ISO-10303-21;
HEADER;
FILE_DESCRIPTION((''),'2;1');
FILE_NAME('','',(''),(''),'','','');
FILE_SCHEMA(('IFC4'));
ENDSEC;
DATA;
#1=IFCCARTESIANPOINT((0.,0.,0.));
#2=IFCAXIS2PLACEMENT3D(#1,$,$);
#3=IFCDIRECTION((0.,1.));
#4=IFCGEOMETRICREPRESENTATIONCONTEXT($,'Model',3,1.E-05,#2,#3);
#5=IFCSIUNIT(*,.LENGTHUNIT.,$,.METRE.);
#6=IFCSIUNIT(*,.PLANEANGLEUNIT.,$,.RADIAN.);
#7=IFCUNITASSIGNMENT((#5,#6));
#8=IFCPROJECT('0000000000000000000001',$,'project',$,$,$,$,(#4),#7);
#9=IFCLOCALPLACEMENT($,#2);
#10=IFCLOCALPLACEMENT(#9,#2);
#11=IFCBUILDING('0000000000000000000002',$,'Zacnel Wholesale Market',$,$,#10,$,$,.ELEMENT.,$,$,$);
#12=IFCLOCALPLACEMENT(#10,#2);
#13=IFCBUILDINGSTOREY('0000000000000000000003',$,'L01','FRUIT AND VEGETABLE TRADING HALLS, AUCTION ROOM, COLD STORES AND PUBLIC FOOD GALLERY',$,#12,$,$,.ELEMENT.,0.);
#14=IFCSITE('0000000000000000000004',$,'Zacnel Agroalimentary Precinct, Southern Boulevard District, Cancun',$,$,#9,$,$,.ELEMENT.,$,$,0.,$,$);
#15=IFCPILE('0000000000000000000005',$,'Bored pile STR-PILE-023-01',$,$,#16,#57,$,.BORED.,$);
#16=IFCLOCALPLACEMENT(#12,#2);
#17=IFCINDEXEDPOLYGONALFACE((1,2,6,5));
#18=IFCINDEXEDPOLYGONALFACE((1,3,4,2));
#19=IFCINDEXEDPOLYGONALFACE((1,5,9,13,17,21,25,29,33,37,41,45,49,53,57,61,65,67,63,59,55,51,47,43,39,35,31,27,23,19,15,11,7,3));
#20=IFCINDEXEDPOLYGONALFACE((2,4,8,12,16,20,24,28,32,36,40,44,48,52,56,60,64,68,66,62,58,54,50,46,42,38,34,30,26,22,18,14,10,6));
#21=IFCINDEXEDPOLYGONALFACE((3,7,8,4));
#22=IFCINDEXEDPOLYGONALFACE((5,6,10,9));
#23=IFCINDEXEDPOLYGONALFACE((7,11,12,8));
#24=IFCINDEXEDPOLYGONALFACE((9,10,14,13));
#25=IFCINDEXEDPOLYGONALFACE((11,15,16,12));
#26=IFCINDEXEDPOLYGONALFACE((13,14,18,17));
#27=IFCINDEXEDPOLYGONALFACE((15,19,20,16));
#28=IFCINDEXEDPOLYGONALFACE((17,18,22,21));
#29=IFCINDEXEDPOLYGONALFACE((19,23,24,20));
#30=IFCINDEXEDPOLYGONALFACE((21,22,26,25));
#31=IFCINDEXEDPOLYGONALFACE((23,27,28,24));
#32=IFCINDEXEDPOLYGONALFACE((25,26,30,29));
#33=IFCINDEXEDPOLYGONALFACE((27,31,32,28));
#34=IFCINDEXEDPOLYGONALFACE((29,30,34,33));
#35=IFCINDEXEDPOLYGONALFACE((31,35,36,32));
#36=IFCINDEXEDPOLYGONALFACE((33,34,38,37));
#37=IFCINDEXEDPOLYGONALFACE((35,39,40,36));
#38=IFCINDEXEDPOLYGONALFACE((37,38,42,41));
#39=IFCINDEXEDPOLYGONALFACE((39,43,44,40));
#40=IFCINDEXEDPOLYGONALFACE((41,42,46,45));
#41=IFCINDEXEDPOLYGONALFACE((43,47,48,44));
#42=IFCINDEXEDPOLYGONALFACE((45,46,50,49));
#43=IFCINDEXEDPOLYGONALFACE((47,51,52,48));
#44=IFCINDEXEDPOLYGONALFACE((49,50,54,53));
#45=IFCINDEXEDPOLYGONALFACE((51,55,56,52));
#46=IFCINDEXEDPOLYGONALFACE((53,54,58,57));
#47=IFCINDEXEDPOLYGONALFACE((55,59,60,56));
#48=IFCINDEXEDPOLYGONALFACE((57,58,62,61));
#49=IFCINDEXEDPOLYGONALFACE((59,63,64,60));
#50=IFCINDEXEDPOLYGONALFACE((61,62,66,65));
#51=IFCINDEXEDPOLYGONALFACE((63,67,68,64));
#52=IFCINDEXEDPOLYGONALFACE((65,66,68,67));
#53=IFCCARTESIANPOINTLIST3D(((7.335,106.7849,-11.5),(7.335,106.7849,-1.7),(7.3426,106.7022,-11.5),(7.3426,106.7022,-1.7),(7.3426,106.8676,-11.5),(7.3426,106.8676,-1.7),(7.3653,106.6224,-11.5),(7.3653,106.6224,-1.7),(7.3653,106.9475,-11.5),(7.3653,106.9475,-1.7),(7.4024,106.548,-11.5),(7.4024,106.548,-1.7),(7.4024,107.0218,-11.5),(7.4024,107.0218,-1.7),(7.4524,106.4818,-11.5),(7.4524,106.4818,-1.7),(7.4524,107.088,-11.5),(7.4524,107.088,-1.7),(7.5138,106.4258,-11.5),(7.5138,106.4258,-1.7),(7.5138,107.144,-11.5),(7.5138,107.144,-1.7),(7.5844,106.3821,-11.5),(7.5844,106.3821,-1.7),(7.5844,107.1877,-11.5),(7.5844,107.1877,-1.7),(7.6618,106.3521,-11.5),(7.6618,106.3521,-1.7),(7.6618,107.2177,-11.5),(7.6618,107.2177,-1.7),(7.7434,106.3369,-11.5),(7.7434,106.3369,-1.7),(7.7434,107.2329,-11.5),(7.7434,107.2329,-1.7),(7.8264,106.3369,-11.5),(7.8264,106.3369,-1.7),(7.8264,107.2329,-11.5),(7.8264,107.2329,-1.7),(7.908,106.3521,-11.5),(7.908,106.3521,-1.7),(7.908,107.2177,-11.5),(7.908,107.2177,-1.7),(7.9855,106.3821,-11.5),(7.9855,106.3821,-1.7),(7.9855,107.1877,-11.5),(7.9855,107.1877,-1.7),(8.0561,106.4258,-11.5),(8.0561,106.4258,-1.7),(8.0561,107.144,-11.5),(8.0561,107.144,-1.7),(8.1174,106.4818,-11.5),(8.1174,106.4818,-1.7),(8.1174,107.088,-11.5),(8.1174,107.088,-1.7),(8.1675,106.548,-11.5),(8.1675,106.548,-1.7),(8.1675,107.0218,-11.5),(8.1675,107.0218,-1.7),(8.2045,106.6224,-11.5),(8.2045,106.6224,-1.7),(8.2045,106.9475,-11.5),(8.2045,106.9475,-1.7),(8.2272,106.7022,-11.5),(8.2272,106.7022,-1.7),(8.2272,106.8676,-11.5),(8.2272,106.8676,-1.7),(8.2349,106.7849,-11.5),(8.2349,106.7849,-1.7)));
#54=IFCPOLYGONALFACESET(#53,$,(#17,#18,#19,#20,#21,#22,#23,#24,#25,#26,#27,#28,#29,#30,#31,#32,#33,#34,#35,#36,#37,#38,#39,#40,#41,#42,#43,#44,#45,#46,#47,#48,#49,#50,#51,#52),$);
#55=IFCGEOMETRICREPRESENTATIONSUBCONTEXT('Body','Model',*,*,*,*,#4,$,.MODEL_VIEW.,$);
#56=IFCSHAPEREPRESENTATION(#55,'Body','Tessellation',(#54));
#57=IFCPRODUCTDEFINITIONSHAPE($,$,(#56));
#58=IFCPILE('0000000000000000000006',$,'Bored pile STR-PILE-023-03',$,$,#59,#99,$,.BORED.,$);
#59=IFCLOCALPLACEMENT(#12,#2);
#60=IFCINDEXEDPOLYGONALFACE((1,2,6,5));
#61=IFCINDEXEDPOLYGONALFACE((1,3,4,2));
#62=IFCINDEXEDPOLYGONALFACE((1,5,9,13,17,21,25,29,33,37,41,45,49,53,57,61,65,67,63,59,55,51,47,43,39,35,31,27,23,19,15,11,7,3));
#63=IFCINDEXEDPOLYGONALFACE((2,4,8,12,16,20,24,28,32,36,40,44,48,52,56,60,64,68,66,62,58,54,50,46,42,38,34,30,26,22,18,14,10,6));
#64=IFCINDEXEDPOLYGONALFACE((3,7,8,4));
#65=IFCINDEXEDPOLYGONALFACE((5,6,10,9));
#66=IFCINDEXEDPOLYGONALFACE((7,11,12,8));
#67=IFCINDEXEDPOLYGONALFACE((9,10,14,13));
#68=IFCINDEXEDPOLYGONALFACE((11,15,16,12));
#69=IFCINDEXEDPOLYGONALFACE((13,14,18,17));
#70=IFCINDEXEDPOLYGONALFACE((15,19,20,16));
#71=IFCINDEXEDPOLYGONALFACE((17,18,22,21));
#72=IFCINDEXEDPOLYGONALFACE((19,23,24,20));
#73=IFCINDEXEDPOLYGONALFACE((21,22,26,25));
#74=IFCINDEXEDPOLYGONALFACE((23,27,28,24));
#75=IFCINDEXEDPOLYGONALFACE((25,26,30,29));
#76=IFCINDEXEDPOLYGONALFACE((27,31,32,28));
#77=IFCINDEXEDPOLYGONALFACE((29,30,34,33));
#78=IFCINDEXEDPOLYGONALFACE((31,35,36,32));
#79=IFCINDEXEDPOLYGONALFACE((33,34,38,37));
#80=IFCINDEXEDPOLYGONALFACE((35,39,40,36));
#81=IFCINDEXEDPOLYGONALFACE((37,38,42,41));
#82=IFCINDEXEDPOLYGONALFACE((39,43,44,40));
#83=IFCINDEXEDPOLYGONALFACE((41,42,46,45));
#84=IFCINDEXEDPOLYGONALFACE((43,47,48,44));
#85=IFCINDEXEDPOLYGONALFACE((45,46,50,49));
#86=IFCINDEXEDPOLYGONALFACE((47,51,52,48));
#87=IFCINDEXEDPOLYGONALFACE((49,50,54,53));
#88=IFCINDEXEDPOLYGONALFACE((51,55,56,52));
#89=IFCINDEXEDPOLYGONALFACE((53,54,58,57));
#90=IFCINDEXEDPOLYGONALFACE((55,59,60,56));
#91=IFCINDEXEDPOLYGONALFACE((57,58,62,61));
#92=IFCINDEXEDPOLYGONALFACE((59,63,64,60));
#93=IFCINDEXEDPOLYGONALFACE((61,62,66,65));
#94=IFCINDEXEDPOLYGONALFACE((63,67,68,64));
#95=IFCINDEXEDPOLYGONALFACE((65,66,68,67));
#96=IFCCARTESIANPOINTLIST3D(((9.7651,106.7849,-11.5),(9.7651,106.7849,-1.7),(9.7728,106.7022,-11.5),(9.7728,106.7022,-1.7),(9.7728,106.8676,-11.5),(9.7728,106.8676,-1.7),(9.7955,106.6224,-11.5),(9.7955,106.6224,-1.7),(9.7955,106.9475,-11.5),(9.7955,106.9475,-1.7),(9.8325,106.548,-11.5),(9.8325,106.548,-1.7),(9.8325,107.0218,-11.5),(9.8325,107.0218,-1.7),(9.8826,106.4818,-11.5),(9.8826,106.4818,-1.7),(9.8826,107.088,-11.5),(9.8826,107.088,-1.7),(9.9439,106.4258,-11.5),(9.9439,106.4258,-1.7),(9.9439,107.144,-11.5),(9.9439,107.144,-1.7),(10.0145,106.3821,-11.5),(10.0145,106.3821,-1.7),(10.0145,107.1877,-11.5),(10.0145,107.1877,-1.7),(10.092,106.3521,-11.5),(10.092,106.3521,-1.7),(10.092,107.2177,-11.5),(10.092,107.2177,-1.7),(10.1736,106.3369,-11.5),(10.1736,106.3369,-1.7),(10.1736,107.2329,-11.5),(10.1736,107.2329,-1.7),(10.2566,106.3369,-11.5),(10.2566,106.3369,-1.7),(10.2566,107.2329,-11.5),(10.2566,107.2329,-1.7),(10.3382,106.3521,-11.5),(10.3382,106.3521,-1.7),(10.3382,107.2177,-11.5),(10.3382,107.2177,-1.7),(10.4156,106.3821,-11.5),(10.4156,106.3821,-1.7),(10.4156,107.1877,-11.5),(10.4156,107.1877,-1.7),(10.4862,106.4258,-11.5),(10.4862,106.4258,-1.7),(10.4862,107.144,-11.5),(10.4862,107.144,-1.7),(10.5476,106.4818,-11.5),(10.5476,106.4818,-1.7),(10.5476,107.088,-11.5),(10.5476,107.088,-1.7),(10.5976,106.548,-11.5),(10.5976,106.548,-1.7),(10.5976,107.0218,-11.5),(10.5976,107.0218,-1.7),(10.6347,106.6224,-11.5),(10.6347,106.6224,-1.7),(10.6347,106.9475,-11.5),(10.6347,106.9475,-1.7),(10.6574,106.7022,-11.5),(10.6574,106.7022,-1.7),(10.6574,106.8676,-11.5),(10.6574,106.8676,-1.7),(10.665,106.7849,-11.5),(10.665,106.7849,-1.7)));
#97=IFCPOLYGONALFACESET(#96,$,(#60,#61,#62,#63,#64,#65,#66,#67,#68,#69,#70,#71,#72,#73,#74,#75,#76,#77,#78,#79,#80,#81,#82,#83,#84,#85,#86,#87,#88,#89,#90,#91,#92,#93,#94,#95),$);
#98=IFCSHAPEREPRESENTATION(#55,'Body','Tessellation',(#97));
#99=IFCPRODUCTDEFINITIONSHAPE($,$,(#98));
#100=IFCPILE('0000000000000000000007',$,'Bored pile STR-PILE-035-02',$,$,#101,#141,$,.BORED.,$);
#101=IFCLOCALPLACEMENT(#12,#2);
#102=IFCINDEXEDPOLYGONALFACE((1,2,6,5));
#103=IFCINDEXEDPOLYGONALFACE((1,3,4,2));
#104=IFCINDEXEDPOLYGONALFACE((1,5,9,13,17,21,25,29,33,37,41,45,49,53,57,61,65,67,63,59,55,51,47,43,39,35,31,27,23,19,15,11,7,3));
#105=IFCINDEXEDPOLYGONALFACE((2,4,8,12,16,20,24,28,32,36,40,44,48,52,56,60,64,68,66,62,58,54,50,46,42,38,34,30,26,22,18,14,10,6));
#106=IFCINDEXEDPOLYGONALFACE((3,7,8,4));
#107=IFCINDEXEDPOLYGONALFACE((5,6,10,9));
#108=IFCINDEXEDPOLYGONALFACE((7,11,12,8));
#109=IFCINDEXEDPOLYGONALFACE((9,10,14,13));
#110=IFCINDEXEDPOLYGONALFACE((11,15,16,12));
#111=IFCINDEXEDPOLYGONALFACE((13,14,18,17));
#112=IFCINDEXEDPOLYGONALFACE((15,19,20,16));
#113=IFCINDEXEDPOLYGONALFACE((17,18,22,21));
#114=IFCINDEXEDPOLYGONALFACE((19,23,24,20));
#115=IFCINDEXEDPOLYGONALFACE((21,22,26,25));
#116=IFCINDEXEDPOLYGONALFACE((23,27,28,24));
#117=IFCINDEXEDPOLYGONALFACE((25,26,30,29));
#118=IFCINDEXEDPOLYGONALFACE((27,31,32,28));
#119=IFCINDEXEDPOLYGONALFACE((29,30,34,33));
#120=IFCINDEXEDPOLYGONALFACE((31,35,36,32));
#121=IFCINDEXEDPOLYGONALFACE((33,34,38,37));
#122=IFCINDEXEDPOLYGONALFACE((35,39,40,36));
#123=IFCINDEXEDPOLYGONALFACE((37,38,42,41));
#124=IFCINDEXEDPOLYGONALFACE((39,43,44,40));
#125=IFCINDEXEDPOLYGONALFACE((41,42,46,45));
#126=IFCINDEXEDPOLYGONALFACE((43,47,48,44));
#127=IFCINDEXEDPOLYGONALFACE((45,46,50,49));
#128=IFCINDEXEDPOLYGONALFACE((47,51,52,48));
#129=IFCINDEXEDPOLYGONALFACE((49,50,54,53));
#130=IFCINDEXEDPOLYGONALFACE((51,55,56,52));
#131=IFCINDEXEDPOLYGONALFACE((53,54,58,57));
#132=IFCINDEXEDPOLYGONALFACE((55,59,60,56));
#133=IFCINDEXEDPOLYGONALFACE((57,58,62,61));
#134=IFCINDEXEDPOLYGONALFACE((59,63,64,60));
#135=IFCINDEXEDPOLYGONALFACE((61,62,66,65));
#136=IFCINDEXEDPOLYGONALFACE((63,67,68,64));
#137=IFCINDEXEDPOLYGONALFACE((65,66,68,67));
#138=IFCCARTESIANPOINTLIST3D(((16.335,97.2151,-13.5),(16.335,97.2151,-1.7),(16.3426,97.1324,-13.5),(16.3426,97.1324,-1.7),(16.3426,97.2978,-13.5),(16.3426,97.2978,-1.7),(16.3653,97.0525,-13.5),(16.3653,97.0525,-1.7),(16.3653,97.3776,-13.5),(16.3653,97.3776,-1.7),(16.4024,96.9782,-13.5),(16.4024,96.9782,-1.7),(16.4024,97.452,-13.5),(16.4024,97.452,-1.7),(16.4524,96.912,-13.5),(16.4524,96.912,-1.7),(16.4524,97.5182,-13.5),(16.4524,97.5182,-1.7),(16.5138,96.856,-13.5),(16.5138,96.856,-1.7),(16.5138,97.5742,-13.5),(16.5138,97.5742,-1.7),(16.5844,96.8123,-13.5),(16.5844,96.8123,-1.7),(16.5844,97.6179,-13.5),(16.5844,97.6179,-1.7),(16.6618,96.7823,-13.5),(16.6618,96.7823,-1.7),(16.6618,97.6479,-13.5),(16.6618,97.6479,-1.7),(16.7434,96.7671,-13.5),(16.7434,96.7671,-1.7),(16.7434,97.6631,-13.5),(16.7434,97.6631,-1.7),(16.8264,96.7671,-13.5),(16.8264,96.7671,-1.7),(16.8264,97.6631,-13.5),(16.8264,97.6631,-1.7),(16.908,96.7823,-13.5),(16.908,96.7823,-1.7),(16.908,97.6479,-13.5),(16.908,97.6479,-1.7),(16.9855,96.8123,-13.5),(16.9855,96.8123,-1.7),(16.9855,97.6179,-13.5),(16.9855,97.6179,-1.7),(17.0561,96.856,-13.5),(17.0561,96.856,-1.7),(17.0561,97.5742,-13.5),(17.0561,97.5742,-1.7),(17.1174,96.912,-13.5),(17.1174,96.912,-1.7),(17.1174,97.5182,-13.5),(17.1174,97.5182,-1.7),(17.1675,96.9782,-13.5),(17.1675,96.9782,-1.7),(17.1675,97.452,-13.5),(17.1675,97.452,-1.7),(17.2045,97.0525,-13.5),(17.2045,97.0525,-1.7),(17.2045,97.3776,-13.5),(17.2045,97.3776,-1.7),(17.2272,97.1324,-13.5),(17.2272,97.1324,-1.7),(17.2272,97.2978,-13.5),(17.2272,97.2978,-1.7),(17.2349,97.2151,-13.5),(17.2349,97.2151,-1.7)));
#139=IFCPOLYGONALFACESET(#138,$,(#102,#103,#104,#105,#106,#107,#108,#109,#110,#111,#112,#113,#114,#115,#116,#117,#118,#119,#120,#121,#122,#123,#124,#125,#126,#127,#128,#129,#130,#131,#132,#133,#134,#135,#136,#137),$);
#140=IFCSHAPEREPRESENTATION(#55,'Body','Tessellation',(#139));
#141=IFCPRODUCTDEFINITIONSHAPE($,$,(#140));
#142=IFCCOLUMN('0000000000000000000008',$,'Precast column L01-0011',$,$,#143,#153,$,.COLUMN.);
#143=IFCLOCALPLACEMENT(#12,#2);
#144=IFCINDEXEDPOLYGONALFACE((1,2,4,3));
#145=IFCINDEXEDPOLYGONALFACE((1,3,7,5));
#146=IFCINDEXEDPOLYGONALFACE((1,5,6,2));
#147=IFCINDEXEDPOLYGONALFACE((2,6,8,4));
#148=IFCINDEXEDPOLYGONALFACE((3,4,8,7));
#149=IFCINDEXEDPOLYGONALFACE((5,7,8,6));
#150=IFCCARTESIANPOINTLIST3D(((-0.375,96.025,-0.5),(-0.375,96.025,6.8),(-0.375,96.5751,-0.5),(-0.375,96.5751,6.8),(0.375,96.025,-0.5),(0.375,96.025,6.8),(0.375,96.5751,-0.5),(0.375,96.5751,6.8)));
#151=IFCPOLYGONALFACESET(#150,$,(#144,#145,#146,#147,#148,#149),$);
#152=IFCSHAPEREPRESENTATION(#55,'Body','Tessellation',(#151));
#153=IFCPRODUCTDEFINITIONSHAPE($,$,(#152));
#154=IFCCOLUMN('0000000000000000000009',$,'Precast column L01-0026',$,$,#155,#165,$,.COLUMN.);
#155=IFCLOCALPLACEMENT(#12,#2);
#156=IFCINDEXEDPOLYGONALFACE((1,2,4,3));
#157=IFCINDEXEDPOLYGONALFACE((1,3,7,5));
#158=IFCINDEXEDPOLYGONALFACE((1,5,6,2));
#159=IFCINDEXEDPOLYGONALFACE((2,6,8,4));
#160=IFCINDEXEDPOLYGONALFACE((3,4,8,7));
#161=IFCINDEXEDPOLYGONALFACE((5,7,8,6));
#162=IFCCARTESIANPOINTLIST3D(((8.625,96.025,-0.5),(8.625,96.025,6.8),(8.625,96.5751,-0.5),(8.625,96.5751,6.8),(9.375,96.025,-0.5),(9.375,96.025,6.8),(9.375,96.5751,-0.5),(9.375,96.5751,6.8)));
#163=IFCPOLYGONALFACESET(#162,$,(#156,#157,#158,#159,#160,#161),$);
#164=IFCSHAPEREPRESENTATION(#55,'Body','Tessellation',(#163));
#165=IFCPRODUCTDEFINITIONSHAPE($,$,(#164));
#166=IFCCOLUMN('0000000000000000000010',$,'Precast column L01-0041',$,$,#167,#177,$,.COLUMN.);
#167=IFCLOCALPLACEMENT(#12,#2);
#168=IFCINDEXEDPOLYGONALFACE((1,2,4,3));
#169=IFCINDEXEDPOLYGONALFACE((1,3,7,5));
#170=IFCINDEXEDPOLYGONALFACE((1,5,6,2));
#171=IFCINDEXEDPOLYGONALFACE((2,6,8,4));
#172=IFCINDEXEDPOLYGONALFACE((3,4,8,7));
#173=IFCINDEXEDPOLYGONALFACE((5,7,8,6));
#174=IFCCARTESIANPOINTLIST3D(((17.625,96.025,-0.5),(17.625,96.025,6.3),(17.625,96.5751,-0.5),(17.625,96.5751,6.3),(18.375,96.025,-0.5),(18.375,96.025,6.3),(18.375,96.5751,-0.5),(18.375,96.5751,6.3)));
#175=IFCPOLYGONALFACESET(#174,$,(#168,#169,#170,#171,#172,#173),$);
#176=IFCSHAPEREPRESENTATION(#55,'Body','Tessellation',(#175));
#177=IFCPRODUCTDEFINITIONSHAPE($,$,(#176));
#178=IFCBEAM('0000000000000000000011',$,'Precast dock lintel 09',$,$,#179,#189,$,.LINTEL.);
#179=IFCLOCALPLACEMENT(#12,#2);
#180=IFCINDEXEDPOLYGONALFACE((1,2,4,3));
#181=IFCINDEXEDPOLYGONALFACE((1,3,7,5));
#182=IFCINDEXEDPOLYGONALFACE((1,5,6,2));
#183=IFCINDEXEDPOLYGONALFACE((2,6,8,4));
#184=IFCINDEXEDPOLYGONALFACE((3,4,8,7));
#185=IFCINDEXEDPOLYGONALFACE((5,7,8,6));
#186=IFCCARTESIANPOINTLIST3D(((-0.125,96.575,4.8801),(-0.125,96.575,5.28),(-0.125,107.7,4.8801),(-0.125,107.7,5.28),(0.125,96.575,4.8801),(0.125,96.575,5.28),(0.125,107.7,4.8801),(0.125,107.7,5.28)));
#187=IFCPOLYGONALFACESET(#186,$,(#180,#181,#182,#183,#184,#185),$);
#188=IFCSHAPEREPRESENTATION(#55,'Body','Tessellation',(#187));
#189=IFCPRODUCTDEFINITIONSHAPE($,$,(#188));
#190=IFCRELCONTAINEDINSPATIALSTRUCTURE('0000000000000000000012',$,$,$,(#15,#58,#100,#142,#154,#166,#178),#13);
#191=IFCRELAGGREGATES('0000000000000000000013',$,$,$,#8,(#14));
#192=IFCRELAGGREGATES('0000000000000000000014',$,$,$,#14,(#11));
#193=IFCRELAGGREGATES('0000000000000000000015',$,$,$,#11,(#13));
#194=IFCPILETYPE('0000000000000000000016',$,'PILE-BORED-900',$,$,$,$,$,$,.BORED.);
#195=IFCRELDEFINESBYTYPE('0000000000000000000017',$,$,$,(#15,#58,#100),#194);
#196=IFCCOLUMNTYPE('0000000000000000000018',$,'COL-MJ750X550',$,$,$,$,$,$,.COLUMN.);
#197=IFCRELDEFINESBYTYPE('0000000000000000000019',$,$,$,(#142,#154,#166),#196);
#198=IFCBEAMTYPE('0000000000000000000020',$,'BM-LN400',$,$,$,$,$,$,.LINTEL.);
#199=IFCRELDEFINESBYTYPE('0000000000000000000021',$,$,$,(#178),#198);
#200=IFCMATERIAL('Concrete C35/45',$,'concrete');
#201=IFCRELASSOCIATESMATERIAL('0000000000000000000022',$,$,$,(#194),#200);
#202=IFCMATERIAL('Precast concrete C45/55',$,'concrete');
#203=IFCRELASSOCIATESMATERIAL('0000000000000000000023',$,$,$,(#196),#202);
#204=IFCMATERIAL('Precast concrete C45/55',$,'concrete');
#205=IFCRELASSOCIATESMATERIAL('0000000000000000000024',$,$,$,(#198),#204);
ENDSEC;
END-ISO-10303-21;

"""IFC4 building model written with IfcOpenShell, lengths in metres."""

from ifc_helpers import new_model, si_unit, direction, frame, origin, origin_2d, place, context, subcontext, project, spatial, rectangle, circle, extrude, material, material_profile, profile_set, type_object, element, save


model = new_model("IFC4")

# Units and contexts
model_context = context("Model", 3, precision=1e-05, world=origin(), true_north=direction((0.0, 1.0)))
body_context = subcontext(model_context, "Body", "Model", "MODEL_VIEW")
ifc_project = project(units=[si_unit("LENGTHUNIT", "METRE"), si_unit("PLANEANGLEUNIT", "RADIAN")], contexts=[model_context])

# Site, building, storey
site_placement = place(None, origin())
site = spatial("IfcSite", under=ifc_project, at=site_placement, Name="Zacnel Agroalimentary Precinct, Southern Boulevard District, Cancun", CompositionType="ELEMENT", RefElevation=0.0)
building_placement = place(site_placement, origin())
building = spatial("IfcBuilding", under=site, at=building_placement, Name="Zacnel Wholesale Market", CompositionType="ELEMENT")
storey_placement = place(building_placement, origin())
storey = spatial("IfcBuildingStorey", under=building, at=storey_placement, Name="L01", Description="FRUIT AND VEGETABLE TRADING HALLS, AUCTION ROOM, COLD STORES AND PUBLIC FOOD GALLERY", CompositionType="ELEMENT", Elevation=0.0)

# Piles
ifc_material_1 = material(Name="Concrete C35/45", Category="concrete")
ifc_material_profile_1 = material_profile(ifc_material_1, circle(Radius=0.45, at=origin_2d()), Name="BORED PILE D900")
ifc_profile_set_1 = profile_set([ifc_material_profile_1], Name="Concrete C35/45")
pile_type = type_object("IfcPileType", Name="PILE-BORED-900", PredefinedType="BORED", material=ifc_profile_set_1)
for number, where, z_axis, x_axis, name in (
    (1, (7.7849, 106.7849, -1.7), (0.0, 0.0, -1.0), (1.0, 0.0, 0.0), "Bored pile STR-PILE-023-01"),
    (2, (10.2151, 106.7849, -1.7), (0.0, 0.0, -1.0), (1.0, 0.0, 0.0), "Bored pile STR-PILE-023-03"),
):
    element("IfcPile", number, at=place(storey_placement, frame(where, z_axis=z_axis, x_axis=x_axis)), inside=storey, type_object=pile_type, Name=name, PredefinedType="BORED", context=body_context, shape_type="SweptSolid", body=[
        extrude(circle(Radius=0.45, at=origin_2d()), origin(), (0.0, 0.0, 1.0), 9.8),
    ])
pile_placement = place(storey_placement, frame((16.7849, 97.2151, -1.7), z_axis=(0.0, 0.0, -1.0), x_axis=(1.0, 0.0, 0.0)))
element("IfcPile", 3, at=pile_placement, inside=storey, type_object=pile_type, Name="Bored pile STR-PILE-035-02", PredefinedType="BORED", context=body_context, shape_type="SweptSolid", body=[
    extrude(circle(Radius=0.45, at=origin_2d()), origin(), (0.0, 0.0, 1.0), 11.8),
])

# Columns
ifc_material_2 = material(Name="Precast concrete C45/55", Category="concrete")
ifc_material_profile_2 = material_profile(ifc_material_2, rectangle(XDim=0.75, YDim=0.55, at=origin_2d()), Name="PC 750x550")
ifc_profile_set_2 = profile_set([ifc_material_profile_2], Name="Precast concrete C45/55")
column_type = type_object("IfcColumnType", Name="COL-MJ750X550", PredefinedType="COLUMN", material=ifc_profile_set_2)
for number, where, z_axis, x_axis, name in (
    (4, (0.0, 96.3, -0.5), (0.0, 0.0, 1.0), (1.0, 0.0, 0.0), "Precast column L01-0011"),
    (5, (9.0, 96.3, -0.5), (0.0, 0.0, 1.0), (1.0, 0.0, 0.0), "Precast column L01-0026"),
):
    element("IfcColumn", number, at=place(storey_placement, frame(where, z_axis=z_axis, x_axis=x_axis)), inside=storey, type_object=column_type, Name=name, PredefinedType="COLUMN", context=body_context, shape_type="SweptSolid", body=[
        extrude(rectangle(XDim=0.75, YDim=0.55, at=origin_2d()), origin(), (0.0, 0.0, 1.0), 7.3),
    ])
column_placement = place(storey_placement, frame((18.0, 96.3, -0.5), z_axis=(0.0, 0.0, 1.0), x_axis=(1.0, 0.0, 0.0)))
element("IfcColumn", 6, at=column_placement, inside=storey, type_object=column_type, Name="Precast column L01-0041", PredefinedType="COLUMN", context=body_context, shape_type="SweptSolid", body=[
    extrude(rectangle(XDim=0.75, YDim=0.55, at=origin_2d()), origin(), (0.0, 0.0, 1.0), 6.8),
])

# Beam
ifc_material_3 = material(Name="Precast concrete C45/55", Category="concrete")
ifc_material_profile_3 = material_profile(ifc_material_3, rectangle(XDim=0.25, YDim=0.3999, at=origin_2d()), Name="LN 250x400")
ifc_profile_set_3 = profile_set([ifc_material_profile_3], Name="Precast concrete C45/55")
beam_type = type_object("IfcBeamType", Name="BM-LN400", PredefinedType="LINTEL", material=ifc_profile_set_3)
beam_placement = place(storey_placement, frame((0.0, 96.575, 5.0801), z_axis=(0.0, 1.0, 0.0), x_axis=(-1.0, 0.0, 0.0)))
element("IfcBeam", 7, at=beam_placement, inside=storey, type_object=beam_type, Name="Precast dock lintel 09", PredefinedType="LINTEL", context=body_context, shape_type="SweptSolid", body=[
    extrude(rectangle(XDim=0.25, YDim=0.3999, at=origin_2d()), origin(), (0.0, 0.0, 1.0), 11.125),
])

save(model, "model.ifc")
